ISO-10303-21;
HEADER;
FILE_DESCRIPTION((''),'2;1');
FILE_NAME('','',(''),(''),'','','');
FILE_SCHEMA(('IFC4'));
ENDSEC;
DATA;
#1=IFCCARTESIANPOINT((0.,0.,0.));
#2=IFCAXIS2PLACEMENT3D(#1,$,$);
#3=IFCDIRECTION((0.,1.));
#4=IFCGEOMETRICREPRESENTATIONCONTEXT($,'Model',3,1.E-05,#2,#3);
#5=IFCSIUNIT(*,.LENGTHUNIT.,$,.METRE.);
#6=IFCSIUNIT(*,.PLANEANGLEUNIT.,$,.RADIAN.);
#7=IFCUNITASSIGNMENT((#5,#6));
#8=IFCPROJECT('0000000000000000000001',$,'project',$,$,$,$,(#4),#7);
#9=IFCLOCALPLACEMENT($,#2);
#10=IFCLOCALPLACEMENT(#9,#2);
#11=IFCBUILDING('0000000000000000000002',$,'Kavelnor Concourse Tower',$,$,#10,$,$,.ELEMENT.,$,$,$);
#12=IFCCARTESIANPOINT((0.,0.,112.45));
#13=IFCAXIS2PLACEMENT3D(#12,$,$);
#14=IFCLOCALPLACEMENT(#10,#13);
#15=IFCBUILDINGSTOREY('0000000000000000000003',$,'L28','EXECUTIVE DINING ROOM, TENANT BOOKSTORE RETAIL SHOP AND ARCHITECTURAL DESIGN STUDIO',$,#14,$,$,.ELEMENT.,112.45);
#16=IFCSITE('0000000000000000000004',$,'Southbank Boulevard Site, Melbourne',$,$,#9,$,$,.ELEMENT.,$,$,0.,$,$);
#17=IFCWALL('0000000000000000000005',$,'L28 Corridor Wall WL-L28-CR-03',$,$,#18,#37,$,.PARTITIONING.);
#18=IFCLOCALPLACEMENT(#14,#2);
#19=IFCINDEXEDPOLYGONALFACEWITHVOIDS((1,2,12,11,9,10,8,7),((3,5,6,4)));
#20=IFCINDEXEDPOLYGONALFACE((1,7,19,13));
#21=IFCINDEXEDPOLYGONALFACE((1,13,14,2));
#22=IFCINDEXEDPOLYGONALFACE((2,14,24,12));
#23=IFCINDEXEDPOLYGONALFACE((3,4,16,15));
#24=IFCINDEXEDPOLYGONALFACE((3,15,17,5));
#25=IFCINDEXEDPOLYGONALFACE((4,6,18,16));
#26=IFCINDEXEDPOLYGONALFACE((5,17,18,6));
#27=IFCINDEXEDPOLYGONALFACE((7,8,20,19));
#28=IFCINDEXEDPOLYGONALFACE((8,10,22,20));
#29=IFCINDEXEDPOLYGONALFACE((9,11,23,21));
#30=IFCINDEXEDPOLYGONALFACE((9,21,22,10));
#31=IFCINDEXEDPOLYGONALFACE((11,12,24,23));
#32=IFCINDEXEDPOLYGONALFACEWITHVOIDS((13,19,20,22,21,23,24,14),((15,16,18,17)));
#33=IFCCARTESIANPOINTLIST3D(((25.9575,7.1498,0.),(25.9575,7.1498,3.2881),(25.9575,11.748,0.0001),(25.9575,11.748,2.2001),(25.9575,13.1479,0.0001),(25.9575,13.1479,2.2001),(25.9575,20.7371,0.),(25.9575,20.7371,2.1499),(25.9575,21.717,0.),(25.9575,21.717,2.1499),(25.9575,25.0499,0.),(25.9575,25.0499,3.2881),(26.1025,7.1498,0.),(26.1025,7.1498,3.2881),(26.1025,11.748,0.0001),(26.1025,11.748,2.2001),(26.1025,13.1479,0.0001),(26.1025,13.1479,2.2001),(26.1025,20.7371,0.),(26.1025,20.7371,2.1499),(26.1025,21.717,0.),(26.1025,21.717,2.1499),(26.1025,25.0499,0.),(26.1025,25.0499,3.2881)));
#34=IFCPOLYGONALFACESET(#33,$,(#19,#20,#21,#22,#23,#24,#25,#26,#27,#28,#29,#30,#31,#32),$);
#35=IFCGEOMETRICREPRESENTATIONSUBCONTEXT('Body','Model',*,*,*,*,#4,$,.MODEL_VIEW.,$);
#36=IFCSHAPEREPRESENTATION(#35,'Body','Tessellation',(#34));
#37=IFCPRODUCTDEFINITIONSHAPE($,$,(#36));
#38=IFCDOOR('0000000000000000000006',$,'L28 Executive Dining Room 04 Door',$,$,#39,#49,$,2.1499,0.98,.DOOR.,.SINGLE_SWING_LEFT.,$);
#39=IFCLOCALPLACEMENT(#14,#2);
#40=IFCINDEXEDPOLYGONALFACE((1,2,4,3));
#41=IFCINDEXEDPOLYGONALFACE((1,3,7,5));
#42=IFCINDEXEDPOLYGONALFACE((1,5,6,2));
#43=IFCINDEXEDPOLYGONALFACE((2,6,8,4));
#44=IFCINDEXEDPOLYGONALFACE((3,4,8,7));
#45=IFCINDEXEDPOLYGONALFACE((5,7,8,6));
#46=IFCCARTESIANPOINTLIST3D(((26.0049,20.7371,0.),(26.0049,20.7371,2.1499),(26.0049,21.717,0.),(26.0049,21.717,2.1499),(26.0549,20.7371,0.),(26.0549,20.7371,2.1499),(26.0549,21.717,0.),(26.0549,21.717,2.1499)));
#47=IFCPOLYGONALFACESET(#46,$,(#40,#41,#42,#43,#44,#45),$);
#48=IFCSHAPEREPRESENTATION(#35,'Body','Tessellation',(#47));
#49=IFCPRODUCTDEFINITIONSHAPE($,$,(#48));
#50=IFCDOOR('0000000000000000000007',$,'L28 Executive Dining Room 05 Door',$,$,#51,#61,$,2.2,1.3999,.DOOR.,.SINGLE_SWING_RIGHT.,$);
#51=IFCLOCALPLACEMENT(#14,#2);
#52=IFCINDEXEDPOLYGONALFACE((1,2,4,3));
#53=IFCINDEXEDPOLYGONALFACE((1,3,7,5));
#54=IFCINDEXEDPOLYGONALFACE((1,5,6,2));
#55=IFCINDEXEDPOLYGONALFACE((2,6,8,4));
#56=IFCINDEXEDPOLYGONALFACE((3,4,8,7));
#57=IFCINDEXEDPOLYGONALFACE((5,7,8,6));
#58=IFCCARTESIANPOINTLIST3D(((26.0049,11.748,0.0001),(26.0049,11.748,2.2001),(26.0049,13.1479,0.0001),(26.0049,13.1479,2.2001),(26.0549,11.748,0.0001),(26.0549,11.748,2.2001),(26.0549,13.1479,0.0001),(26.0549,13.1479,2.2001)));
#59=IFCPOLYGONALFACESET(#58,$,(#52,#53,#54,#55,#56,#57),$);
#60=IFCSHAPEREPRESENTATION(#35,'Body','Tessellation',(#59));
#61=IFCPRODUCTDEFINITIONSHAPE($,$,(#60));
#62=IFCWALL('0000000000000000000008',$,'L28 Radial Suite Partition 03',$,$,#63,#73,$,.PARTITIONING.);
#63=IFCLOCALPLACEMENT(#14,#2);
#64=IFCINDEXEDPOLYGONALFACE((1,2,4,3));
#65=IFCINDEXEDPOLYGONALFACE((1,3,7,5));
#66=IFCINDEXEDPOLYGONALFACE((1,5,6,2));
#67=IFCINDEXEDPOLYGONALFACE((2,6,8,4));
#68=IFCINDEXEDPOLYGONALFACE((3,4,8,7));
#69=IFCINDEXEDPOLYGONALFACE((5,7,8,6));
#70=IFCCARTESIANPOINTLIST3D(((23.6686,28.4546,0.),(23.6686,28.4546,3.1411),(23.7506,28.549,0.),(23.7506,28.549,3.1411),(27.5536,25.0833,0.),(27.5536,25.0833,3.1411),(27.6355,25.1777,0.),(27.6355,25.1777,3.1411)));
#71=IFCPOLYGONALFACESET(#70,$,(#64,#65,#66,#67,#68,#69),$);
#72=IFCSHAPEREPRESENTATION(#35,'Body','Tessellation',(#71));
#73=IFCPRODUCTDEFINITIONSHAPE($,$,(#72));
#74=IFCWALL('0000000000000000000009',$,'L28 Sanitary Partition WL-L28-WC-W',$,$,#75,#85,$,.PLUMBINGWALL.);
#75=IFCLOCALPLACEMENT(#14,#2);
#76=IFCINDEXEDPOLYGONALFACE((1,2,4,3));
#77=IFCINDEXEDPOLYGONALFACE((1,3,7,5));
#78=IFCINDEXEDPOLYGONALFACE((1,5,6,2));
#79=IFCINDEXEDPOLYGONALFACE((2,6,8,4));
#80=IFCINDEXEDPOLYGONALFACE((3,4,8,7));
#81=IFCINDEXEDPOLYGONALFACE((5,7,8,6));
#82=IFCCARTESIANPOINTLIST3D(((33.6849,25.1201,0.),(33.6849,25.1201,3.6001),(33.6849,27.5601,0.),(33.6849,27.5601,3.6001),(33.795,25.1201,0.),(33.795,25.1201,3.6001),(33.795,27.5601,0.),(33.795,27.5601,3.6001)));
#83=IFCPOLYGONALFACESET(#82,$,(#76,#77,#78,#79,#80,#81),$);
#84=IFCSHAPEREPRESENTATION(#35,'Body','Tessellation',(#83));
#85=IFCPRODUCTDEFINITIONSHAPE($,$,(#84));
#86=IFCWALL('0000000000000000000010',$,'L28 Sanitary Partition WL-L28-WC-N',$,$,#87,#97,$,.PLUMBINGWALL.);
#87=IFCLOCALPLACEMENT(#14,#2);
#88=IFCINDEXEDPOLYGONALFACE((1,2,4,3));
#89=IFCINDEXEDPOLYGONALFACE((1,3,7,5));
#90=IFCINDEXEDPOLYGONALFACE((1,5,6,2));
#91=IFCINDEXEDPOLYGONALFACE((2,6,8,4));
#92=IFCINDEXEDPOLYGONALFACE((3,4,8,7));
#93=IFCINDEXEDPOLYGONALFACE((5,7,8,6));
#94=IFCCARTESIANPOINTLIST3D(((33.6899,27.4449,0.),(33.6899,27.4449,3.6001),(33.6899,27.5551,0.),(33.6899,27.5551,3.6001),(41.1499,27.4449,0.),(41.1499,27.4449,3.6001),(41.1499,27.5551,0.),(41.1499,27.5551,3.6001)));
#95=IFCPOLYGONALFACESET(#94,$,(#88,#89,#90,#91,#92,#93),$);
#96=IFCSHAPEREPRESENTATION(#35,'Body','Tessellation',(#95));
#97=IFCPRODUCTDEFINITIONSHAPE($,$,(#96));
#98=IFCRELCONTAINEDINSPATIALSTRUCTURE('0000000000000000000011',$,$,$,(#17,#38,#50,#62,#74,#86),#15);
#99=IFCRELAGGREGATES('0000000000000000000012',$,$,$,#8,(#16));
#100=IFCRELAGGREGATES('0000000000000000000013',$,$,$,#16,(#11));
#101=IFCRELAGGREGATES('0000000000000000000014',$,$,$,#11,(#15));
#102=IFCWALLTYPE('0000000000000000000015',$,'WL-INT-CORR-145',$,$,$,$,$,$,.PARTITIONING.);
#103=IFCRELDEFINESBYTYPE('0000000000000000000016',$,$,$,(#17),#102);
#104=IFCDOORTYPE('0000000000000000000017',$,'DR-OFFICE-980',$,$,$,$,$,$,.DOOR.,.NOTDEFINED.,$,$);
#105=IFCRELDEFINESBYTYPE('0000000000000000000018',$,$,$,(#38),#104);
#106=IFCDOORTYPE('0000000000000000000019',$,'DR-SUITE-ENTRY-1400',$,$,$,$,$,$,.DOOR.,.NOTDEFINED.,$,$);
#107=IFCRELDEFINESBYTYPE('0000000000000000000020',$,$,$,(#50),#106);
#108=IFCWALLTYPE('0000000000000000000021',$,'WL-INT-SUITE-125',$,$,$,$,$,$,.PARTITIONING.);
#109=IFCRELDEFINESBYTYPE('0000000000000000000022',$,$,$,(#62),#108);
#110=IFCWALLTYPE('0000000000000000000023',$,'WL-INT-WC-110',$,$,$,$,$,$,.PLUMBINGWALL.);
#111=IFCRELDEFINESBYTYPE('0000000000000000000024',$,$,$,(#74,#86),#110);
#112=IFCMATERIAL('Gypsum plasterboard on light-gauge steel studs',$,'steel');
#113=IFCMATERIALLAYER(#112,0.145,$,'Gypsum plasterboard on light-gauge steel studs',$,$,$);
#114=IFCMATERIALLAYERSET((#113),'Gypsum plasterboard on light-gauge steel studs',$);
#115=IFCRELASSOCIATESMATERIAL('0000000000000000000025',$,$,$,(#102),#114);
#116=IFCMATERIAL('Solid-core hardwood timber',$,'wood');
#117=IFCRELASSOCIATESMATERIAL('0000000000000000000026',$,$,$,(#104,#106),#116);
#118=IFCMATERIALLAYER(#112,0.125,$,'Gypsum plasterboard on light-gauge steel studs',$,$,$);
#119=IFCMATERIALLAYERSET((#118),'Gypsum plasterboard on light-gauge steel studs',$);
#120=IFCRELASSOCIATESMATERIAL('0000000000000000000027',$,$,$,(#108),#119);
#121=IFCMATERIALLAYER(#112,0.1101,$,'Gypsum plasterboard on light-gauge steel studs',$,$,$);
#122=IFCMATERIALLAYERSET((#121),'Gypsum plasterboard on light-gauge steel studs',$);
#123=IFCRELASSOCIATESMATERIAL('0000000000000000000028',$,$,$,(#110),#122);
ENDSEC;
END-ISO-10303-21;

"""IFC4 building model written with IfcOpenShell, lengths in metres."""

from ifc_helpers import new_model, si_unit, direction, frame, frame_2d, origin, place, context, subcontext, project, spatial, rectangle, extrude, material, layer, layer_set, type_object, element, fill, save


model = new_model("IFC4")

# Units and contexts
model_context = context("Model", 3, precision=1e-05, world=origin(), true_north=direction((0.0, 1.0)))
body_context = subcontext(model_context, "Body", "Model", "MODEL_VIEW")
ifc_project = project(units=[si_unit("LENGTHUNIT", "METRE"), si_unit("PLANEANGLEUNIT", "RADIAN")], contexts=[model_context])

# Site, building, storey
site_placement = place(None, origin())
site = spatial("IfcSite", under=ifc_project, at=site_placement, Name="Southbank Boulevard Site, Melbourne", CompositionType="ELEMENT", RefElevation=0.0)
building_placement = place(site_placement, origin())
building = spatial("IfcBuilding", under=site, at=building_placement, Name="Kavelnor Concourse Tower", CompositionType="ELEMENT")
storey_placement = place(building_placement, frame((0.0, 0.0, 112.45)))
storey = spatial("IfcBuildingStorey", under=building, at=storey_placement, Name="L28", Description="EXECUTIVE DINING ROOM, TENANT BOOKSTORE RETAIL SHOP AND ARCHITECTURAL DESIGN STUDIO", CompositionType="ELEMENT", Elevation=112.45)

# Wall, openings, doors
ifc_material_1 = material(Name="Gypsum plasterboard on light-gauge steel studs", Category="steel")
ifc_layer_1 = layer(ifc_material_1, 0.145, Name="Gypsum plasterboard on light-gauge steel studs")
ifc_layer_set_1 = layer_set([ifc_layer_1], Name="Gypsum plasterboard on light-gauge steel studs")
wall_type_1 = type_object("IfcWallType", Name="WL-INT-CORR-145", PredefinedType="PARTITIONING", material=ifc_layer_set_1)
wall_1_placement = place(storey_placement, frame((26.03, 25.05, 0.0), z_axis=(0.0, 0.0, 1.0), x_axis=(0.0, -1.0, 0.0)))
wall_1 = element("IfcWall", 1, at=wall_1_placement, inside=storey, type_object=wall_type_1, Name="L28 Corridor Wall WL-L28-CR-03", PredefinedType="PARTITIONING", context=body_context, shape_type="SweptSolid", body=[
    extrude(rectangle(XDim=17.9001, YDim=0.145, at=frame_2d((8.9502, 0.0))), origin(), (0.0, 0.0, 1.0), 3.2881),
])
opening_1_placement = place(wall_1_placement, frame((3.333, 0.0, 0.0)))
opening_1 = element("IfcOpeningElement", 2, at=opening_1_placement, cuts=wall_1, PredefinedType="OPENING", context=body_context, shape_type="SweptSolid", body=[
    extrude(rectangle(XDim=0.98, YDim=2.1499, at=frame_2d((0.49, 1.075))), frame((0.0, 0.0825, 0.0), z_axis=(0.0, -1.0, 0.0), x_axis=(1.0, 0.0, 0.0)), (0.0, 0.0, 1.0), 0.165),
])
opening_2_placement = place(wall_1_placement, frame((11.9021, 0.0, 0.0)))
opening_2 = element("IfcOpeningElement", 3, at=opening_2_placement, cuts=wall_1, PredefinedType="OPENING", context=body_context, shape_type="SweptSolid", body=[
    extrude(rectangle(XDim=1.3999, YDim=2.2, at=frame_2d((0.7, 1.1001))), frame((0.0, 0.0825, 0.0), z_axis=(0.0, -1.0, 0.0), x_axis=(1.0, 0.0, 0.0)), (0.0, 0.0, 1.0), 0.165),
])
ifc_material_2 = material(Name="Solid-core hardwood timber", Category="wood")
door_type_1 = type_object("IfcDoorType", Name="DR-OFFICE-980", OperationType="NOTDEFINED", PredefinedType="DOOR", material=ifc_material_2)
door_1_placement = place(opening_1_placement, origin())
door_1 = element("IfcDoor", 4, at=door_1_placement, inside=storey, type_object=door_type_1, Name="L28 Executive Dining Room 04 Door", OperationType="SINGLE_SWING_LEFT", OverallHeight=2.1499, OverallWidth=0.98, PredefinedType="DOOR", context=body_context, shape_type="SweptSolid", body=[
    extrude(rectangle(XDim=0.98, YDim=2.1499, at=frame_2d((0.49, 1.075))), frame((0.0, 0.0249, 0.0), z_axis=(0.0, -1.0, 0.0), x_axis=(1.0, 0.0, 0.0)), (0.0, 0.0, 1.0), 0.05),
])
fill(opening_1, door_1)
door_type_2 = type_object("IfcDoorType", Name="DR-SUITE-ENTRY-1400", OperationType="NOTDEFINED", PredefinedType="DOOR", material=ifc_material_2)
door_2_placement = place(opening_2_placement, origin())
door_2 = element("IfcDoor", 5, at=door_2_placement, inside=storey, type_object=door_type_2, Name="L28 Executive Dining Room 05 Door", OperationType="SINGLE_SWING_RIGHT", OverallHeight=2.2, OverallWidth=1.3999, PredefinedType="DOOR", context=body_context, shape_type="SweptSolid", body=[
    extrude(rectangle(XDim=1.3999, YDim=2.2, at=frame_2d((0.7, 1.1001))), frame((0.0, 0.0249, 0.0), z_axis=(0.0, -1.0, 0.0), x_axis=(1.0, 0.0, 0.0)), (0.0, 0.0, 1.0), 0.05),
])
fill(opening_2, door_2)

# Walls
ifc_layer_2 = layer(ifc_material_1, 0.125, Name="Gypsum plasterboard on light-gauge steel studs")
ifc_layer_set_2 = layer_set([ifc_layer_2], Name="Gypsum plasterboard on light-gauge steel studs")
wall_type_2 = type_object("IfcWallType", Name="WL-INT-SUITE-125", PredefinedType="PARTITIONING", material=ifc_layer_set_2)
wall_2_placement = place(storey_placement, frame((27.5945, 25.1306, 0.0), z_axis=(0.0, 0.0, 1.0), x_axis=(-0.755272, 0.655411, 0.0)))
element("IfcWall", 6, at=wall_2_placement, inside=storey, type_object=wall_type_2, Name="L28 Radial Suite Partition 03", PredefinedType="PARTITIONING", context=body_context, shape_type="SweptSolid", body=[
    extrude(rectangle(XDim=5.1438, YDim=0.125, at=frame_2d((2.5718, 0.0))), origin(), (0.0, 0.0, 1.0), 3.1411),
])
ifc_layer_3 = layer(ifc_material_1, 0.1101, Name="Gypsum plasterboard on light-gauge steel studs")
ifc_layer_set_3 = layer_set([ifc_layer_3], Name="Gypsum plasterboard on light-gauge steel studs")
wall_type_3 = type_object("IfcWallType", Name="WL-INT-WC-110", PredefinedType="PLUMBINGWALL", material=ifc_layer_set_3)
wall_3_placement = place(storey_placement, frame((33.74, 25.1201, 0.0), z_axis=(0.0, 0.0, 1.0), x_axis=(0.0, 1.0, 0.0)))
element("IfcWall", 7, at=wall_3_placement, inside=storey, type_object=wall_type_3, Name="L28 Sanitary Partition WL-L28-WC-W", PredefinedType="PLUMBINGWALL", context=body_context, shape_type="SweptSolid", body=[
    extrude(rectangle(XDim=2.4399, YDim=0.1101, at=frame_2d((1.22, 0.0))), origin(), (0.0, 0.0, 1.0), 3.6001),
])
wall_4_placement = place(storey_placement, frame((33.6899, 27.5, 0.0), z_axis=(0.0, 0.0, 1.0), x_axis=(1.0, 0.0, 0.0)))
element("IfcWall", 8, at=wall_4_placement, inside=storey, type_object=wall_type_3, Name="L28 Sanitary Partition WL-L28-WC-N", PredefinedType="PLUMBINGWALL", context=body_context, shape_type="SweptSolid", body=[
    extrude(rectangle(XDim=7.46, YDim=0.1101, at=frame_2d((3.73, 0.0))), origin(), (0.0, 0.0, 1.0), 3.6001),
])

save(model, "model.ifc")
